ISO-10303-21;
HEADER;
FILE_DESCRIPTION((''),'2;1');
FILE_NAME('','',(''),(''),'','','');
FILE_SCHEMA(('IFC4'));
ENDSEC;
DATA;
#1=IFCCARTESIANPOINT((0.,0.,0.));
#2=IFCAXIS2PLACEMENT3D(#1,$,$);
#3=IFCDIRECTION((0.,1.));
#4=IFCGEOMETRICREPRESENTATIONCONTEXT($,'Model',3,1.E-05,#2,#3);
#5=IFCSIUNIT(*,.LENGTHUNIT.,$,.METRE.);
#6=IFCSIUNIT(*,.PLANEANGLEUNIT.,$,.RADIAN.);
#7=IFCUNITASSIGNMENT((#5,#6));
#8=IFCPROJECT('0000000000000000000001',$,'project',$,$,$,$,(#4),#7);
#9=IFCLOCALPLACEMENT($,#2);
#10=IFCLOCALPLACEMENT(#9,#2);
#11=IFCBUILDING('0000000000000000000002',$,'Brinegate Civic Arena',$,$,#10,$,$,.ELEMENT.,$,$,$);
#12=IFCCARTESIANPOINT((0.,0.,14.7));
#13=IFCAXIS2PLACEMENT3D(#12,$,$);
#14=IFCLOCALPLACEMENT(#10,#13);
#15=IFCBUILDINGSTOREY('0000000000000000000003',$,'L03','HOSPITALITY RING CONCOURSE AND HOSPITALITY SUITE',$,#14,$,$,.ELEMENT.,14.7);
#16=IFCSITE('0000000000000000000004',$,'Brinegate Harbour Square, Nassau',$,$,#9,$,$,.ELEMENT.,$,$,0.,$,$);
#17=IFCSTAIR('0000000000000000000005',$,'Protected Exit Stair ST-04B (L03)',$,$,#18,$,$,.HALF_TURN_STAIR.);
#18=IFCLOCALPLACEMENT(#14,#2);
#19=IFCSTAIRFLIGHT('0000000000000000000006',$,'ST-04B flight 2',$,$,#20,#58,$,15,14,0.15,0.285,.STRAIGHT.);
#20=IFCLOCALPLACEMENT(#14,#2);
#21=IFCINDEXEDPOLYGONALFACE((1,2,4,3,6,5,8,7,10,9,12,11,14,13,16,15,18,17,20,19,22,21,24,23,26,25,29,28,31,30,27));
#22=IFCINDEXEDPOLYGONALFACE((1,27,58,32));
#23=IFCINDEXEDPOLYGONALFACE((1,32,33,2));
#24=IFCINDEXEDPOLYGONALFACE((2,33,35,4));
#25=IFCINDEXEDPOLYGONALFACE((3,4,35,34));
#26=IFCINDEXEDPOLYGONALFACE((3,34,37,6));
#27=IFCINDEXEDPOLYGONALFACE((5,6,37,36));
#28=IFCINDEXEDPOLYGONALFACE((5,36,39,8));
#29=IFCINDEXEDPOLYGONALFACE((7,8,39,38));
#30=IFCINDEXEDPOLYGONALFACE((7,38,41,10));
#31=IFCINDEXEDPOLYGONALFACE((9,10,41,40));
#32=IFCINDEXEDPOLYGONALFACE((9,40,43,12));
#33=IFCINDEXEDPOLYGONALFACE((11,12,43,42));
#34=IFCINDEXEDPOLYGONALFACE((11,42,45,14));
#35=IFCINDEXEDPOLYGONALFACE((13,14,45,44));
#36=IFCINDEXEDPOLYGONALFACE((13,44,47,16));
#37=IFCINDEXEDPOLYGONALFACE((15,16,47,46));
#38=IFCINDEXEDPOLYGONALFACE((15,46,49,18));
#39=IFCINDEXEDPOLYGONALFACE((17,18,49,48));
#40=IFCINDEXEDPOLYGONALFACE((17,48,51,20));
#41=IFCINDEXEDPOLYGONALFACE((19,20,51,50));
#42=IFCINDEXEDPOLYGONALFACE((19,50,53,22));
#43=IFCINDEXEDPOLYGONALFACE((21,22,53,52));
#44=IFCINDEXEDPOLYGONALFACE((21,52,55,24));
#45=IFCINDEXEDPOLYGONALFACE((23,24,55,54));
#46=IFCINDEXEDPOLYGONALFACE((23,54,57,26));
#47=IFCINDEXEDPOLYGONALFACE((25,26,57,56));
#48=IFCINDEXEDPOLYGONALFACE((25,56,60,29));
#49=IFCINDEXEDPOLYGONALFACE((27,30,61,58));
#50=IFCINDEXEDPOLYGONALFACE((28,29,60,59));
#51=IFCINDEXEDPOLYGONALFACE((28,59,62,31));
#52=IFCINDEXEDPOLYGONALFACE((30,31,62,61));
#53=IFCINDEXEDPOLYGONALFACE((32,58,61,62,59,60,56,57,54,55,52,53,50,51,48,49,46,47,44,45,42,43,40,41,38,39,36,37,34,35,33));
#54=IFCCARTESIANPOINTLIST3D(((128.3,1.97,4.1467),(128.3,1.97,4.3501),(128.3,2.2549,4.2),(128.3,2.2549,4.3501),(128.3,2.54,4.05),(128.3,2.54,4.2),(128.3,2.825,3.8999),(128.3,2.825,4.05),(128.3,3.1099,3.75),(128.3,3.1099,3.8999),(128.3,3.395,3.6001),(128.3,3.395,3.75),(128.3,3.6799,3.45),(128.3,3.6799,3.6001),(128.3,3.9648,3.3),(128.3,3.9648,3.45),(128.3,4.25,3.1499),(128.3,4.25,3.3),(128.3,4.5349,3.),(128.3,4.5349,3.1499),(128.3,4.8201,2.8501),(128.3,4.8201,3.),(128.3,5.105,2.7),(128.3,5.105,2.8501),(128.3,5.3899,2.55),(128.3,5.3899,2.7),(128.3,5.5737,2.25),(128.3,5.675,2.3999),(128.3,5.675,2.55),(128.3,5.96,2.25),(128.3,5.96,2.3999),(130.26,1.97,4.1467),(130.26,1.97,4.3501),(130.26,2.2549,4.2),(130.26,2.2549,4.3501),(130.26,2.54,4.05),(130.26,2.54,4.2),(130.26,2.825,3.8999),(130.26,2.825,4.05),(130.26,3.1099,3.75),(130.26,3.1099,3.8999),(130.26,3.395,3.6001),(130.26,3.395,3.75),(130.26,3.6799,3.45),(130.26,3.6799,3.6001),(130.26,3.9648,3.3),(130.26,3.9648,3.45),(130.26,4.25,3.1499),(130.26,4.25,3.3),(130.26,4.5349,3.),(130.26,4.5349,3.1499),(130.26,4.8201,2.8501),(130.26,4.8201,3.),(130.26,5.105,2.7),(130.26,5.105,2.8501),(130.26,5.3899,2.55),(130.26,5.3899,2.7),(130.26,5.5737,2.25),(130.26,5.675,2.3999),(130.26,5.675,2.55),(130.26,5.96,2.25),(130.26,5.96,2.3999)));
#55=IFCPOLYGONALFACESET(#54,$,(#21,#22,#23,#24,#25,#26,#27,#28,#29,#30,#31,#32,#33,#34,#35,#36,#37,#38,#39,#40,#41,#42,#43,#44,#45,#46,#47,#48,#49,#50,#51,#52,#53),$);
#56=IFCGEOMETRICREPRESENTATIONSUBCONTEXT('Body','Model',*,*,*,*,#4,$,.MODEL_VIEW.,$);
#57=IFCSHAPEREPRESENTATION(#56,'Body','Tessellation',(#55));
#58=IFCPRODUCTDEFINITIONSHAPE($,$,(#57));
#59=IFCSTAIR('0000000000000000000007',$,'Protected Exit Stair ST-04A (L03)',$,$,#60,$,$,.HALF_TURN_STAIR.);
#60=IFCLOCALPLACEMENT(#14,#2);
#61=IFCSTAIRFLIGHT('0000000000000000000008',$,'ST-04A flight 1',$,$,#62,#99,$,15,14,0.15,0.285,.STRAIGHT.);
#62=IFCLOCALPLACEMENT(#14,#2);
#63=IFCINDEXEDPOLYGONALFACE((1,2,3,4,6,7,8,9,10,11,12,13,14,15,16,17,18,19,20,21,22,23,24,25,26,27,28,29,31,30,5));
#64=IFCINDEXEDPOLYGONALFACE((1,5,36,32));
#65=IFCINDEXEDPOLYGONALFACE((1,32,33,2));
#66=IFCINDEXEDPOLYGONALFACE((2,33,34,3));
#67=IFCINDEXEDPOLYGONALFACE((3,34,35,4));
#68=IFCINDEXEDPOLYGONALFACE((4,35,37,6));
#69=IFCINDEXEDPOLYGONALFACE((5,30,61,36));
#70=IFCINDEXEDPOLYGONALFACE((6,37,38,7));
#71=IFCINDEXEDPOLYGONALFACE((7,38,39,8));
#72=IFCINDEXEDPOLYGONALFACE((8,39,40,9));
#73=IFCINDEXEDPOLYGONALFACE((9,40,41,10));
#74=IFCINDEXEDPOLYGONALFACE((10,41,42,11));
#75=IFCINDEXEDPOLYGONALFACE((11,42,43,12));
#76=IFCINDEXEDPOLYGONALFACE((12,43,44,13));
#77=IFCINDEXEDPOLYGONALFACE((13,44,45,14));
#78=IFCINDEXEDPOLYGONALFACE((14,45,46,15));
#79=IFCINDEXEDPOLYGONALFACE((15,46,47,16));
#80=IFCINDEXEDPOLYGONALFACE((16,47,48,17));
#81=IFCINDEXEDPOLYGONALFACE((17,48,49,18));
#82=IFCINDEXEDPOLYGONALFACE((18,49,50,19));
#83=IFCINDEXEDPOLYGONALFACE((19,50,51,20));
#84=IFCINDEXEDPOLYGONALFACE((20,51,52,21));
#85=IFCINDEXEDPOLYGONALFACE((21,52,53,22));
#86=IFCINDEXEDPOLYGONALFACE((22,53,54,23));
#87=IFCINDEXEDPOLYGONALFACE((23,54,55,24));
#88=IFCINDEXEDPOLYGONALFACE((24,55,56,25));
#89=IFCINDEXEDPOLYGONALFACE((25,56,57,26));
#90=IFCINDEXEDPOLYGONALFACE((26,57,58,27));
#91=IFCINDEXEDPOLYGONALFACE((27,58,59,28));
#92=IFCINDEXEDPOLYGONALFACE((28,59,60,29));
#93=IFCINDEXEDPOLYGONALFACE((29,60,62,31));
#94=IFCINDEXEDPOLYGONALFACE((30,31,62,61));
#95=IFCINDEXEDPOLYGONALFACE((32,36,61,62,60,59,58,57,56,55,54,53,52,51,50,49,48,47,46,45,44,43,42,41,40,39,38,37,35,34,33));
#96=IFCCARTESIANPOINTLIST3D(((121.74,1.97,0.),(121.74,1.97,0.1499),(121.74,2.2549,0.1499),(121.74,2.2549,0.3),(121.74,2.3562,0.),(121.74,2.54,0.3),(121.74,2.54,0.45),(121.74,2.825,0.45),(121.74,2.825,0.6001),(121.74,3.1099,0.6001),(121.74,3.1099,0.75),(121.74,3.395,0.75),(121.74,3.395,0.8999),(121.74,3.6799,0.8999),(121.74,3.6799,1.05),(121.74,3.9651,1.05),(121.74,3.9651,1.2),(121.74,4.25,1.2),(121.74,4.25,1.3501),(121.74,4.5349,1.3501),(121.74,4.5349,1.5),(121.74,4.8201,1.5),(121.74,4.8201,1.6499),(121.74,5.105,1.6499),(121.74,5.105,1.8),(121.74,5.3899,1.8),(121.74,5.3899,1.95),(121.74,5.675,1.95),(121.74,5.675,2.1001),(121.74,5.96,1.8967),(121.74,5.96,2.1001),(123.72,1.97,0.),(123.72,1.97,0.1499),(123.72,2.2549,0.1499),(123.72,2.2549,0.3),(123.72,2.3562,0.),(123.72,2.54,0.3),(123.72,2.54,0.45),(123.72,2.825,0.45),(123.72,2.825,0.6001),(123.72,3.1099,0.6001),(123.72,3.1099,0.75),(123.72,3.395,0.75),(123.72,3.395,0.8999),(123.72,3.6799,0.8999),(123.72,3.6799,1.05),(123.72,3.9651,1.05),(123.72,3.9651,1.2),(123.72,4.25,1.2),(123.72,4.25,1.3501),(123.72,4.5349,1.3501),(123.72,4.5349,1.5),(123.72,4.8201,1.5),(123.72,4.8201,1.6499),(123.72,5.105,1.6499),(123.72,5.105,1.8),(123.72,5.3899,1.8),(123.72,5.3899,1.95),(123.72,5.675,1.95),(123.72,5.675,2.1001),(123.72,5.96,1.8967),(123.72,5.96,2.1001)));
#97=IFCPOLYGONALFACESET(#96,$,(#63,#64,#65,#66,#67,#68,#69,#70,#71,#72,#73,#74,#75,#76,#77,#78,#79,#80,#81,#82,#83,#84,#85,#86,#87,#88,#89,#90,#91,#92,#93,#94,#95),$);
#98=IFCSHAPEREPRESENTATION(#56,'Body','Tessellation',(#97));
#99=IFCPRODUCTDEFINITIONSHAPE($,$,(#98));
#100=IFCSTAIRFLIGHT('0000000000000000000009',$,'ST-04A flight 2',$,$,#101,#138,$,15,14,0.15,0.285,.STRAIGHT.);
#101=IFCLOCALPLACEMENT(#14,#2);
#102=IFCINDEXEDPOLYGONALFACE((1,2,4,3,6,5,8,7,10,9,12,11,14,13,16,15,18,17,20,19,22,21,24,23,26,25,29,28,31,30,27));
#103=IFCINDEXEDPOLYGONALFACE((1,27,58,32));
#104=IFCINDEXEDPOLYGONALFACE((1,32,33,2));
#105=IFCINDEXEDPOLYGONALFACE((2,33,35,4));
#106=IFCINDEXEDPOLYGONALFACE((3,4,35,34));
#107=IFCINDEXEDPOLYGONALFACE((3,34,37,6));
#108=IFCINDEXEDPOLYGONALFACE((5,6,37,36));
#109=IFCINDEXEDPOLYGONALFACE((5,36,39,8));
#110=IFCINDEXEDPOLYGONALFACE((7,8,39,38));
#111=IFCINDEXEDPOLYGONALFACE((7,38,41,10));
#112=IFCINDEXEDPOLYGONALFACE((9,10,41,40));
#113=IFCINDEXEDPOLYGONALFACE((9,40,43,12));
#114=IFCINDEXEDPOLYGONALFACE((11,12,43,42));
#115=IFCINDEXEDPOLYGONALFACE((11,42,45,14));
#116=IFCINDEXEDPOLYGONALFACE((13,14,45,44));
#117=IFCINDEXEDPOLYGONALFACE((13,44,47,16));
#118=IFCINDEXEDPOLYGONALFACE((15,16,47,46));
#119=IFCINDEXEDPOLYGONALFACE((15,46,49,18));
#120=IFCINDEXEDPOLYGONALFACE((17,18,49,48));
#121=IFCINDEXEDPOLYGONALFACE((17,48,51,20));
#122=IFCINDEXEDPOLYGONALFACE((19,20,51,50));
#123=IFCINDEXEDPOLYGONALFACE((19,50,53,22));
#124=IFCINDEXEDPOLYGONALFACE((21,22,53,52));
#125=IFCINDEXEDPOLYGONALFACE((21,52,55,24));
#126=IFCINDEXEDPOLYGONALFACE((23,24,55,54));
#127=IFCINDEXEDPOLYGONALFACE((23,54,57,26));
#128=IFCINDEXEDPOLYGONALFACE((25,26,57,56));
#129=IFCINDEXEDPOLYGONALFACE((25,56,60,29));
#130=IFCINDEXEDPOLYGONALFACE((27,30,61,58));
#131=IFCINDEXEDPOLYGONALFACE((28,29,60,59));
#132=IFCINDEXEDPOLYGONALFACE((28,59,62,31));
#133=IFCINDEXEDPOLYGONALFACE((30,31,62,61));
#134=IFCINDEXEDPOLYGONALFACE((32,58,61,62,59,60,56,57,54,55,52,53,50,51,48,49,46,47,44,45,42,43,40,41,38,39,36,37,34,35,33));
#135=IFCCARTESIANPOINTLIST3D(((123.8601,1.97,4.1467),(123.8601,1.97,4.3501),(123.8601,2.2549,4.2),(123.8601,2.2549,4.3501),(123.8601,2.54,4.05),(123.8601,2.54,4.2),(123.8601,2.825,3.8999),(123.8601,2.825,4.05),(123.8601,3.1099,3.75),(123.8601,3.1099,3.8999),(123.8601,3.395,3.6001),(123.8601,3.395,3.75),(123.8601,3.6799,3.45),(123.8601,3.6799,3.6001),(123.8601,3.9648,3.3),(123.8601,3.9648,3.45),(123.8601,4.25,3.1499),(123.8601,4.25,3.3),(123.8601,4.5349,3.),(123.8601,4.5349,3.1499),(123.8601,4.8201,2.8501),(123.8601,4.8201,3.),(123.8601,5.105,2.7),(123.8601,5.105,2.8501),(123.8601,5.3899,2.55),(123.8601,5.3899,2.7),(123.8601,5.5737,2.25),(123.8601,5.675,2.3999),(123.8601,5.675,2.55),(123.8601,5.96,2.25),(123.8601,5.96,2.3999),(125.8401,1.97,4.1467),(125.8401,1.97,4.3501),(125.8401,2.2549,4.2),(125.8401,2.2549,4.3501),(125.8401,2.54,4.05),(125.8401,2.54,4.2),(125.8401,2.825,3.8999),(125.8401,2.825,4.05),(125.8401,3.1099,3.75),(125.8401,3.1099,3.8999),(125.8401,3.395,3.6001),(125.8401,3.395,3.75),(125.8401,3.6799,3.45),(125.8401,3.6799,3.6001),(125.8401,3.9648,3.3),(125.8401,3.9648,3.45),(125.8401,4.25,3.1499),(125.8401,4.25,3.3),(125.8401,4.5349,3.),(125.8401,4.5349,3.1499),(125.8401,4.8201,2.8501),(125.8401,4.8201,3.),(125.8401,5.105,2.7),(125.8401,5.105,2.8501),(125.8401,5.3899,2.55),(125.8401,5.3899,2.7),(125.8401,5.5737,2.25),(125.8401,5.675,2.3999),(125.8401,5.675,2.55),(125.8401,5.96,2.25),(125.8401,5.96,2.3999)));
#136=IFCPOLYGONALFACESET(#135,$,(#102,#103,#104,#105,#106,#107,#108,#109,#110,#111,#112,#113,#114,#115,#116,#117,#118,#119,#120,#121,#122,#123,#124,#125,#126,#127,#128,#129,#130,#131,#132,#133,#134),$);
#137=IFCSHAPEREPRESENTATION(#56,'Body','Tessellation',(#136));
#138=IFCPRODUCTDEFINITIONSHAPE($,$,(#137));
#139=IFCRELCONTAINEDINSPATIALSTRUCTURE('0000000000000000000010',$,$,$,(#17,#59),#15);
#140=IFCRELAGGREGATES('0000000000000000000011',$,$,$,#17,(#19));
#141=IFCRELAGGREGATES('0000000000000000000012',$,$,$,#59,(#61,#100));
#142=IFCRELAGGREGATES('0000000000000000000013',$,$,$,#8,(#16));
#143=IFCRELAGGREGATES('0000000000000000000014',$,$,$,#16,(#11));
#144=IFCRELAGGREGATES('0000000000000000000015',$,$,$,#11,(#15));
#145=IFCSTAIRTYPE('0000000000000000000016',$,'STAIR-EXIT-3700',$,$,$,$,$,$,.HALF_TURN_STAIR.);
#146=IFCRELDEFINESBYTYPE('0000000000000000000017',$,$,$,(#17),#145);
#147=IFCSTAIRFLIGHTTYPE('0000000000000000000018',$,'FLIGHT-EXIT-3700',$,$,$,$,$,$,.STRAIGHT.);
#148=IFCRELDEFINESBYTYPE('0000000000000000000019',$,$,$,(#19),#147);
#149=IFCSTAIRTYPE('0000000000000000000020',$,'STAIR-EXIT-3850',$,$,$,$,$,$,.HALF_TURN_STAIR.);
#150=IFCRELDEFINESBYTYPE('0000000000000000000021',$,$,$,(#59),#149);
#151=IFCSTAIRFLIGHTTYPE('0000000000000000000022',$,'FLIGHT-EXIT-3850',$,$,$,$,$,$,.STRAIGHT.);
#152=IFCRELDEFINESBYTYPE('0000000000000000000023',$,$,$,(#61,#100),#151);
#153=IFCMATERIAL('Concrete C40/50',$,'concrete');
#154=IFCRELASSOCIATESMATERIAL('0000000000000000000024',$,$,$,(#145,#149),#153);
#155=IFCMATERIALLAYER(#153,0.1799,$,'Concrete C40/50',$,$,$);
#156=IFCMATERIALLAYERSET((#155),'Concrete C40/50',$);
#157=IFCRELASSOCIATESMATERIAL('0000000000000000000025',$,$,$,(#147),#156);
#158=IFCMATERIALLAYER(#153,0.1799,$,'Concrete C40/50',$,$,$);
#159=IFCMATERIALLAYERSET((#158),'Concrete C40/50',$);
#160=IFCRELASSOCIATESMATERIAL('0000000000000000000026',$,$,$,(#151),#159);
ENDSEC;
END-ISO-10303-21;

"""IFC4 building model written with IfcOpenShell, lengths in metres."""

from ifc_helpers import new_model, si_unit, direction, frame, origin, place, context, subcontext, project, spatial, polyline, outline, extrude, material, layer, layer_set, type_object, element, aggregate, save


model = new_model("IFC4")

# Units and contexts
model_context = context("Model", 3, precision=1e-05, world=origin(), true_north=direction((0.0, 1.0)))
body_context = subcontext(model_context, "Body", "Model", "MODEL_VIEW")
ifc_project = project(units=[si_unit("LENGTHUNIT", "METRE"), si_unit("PLANEANGLEUNIT", "RADIAN")], contexts=[model_context])

# Site, building, storey
site_placement = place(None, origin())
site = spatial("IfcSite", under=ifc_project, at=site_placement, Name="Brinegate Harbour Square, Nassau", CompositionType="ELEMENT", RefElevation=0.0)
building_placement = place(site_placement, origin())
building = spatial("IfcBuilding", under=site, at=building_placement, Name="Brinegate Civic Arena", CompositionType="ELEMENT")
storey_placement = place(building_placement, frame((0.0, 0.0, 14.7)))
storey = spatial("IfcBuildingStorey", under=building, at=storey_placement, Name="L03", Description="HOSPITALITY RING CONCOURSE AND HOSPITALITY SUITE", CompositionType="ELEMENT", Elevation=14.7)

# Stairs, stair flights
ifc_material_1 = material(Name="Concrete C40/50", Category="concrete")
stair_type_1 = type_object("IfcStairType", Name="STAIR-EXIT-3700", PredefinedType="HALF_TURN_STAIR", material=ifc_material_1)
stair_1_placement = place(storey_placement, origin())
stair_1 = element("IfcStair", 1, at=stair_1_placement, inside=storey, type_object=stair_type_1, Name="Protected Exit Stair ST-04B (L03)", PredefinedType="HALF_TURN_STAIR")
ifc_layer_1 = layer(ifc_material_1, 0.1799, Name="Concrete C40/50")
ifc_layer_set_1 = layer_set([ifc_layer_1], Name="Concrete C40/50")
stair_flight_type_1 = type_object("IfcStairFlightType", Name="FLIGHT-EXIT-3700", PredefinedType="STRAIGHT", material=ifc_layer_set_1)
stair_flight_1_placement = place(storey_placement, frame((129.28, 5.96, 2.25), z_axis=(0.0, 0.0, 1.0), x_axis=(0.0, -1.0, 0.0)))
stair_flight_1 = element("IfcStairFlight", 2, at=stair_flight_1_placement, type_object=stair_flight_type_1, Name="ST-04B flight 2", NumberOfRisers=15, NumberOfTreads=14, PredefinedType="STRAIGHT", RiserHeight=0.15, TreadLength=0.285, context=body_context, shape_type="SweptSolid", body=[
    extrude(outline(polyline([(0.0, 0.0), (0.0, 0.1499), (0.2849, 0.1499), (0.2849, 0.3), (0.5701, 0.3), (0.5701, 0.45), (0.855, 0.45), (0.855, 0.6001), (1.1399, 0.6001), (1.1399, 0.75), (1.425, 0.75), (1.425, 0.8999), (1.71, 0.8999), (1.71, 1.05), (1.9951, 1.05), (1.9951, 1.2), (2.28, 1.2), (2.28, 1.3501), (2.5649, 1.3501), (2.5649, 1.5), (2.8501, 1.5), (2.8501, 1.6499), (3.135, 1.6499), (3.135, 1.8), (3.4199, 1.8), (3.4199, 1.95), (3.7051, 1.95), (3.7051, 2.1001), (3.99, 2.1001), (3.99, 2.25), (3.99, 1.8967), (0.3862, 0.0), (0.0, 0.0)])), frame((0.0, 0.98, 0.0), z_axis=(0.0, -1.0, 0.0), x_axis=(1.0, 0.0, 0.0)), (0.0, 0.0, 1.0), 1.96),
])
aggregate(stair_1, [stair_flight_1])
stair_type_2 = type_object("IfcStairType", Name="STAIR-EXIT-3850", PredefinedType="HALF_TURN_STAIR", material=ifc_material_1)
stair_2_placement = place(storey_placement, origin())
stair_2 = element("IfcStair", 3, at=stair_2_placement, inside=storey, type_object=stair_type_2, Name="Protected Exit Stair ST-04A (L03)", PredefinedType="HALF_TURN_STAIR")
ifc_layer_2 = layer(ifc_material_1, 0.1799, Name="Concrete C40/50")
ifc_layer_set_2 = layer_set([ifc_layer_2], Name="Concrete C40/50")
stair_flight_type_2 = type_object("IfcStairFlightType", Name="FLIGHT-EXIT-3850", PredefinedType="STRAIGHT", material=ifc_layer_set_2)
stair_flight_2_placement = place(storey_placement, frame((122.73, 1.97, 0.0), z_axis=(0.0, 0.0, 1.0), x_axis=(0.0, 1.0, 0.0)))
stair_flight_2 = element("IfcStairFlight", 4, at=stair_flight_2_placement, type_object=stair_flight_type_2, Name="ST-04A flight 1", NumberOfRisers=15, NumberOfTreads=14, PredefinedType="STRAIGHT", RiserHeight=0.15, TreadLength=0.285, context=body_context, shape_type="SweptSolid", body=[
    extrude(outline(polyline([(0.0, 0.0), (0.0, 0.1499), (0.2849, 0.1499), (0.2849, 0.3), (0.5701, 0.3), (0.5701, 0.45), (0.855, 0.45), (0.855, 0.6001), (1.1399, 0.6001), (1.1399, 0.75), (1.425, 0.75), (1.425, 0.8999), (1.71, 0.8999), (1.71, 1.05), (1.9951, 1.05), (1.9951, 1.2), (2.28, 1.2), (2.28, 1.3501), (2.5649, 1.3501), (2.5649, 1.5), (2.8501, 1.5), (2.8501, 1.6499), (3.135, 1.6499), (3.135, 1.8), (3.4199, 1.8), (3.4199, 1.95), (3.7051, 1.95), (3.7051, 2.1001), (3.99, 2.1001), (3.99, 2.25), (3.99, 1.8967), (0.3862, 0.0), (0.0, 0.0)])), frame((0.0, 0.99, 0.0), z_axis=(0.0, -1.0, 0.0), x_axis=(1.0, 0.0, 0.0)), (0.0, 0.0, 1.0), 1.98),
])
stair_flight_3_placement = place(storey_placement, frame((124.8501, 5.96, 2.25), z_axis=(0.0, 0.0, 1.0), x_axis=(0.0, -1.0, 0.0)))
stair_flight_3 = element("IfcStairFlight", 5, at=stair_flight_3_placement, type_object=stair_flight_type_2, Name="ST-04A flight 2", NumberOfRisers=15, NumberOfTreads=14, PredefinedType="STRAIGHT", RiserHeight=0.15, TreadLength=0.285, context=body_context, shape_type="SweptSolid", body=[
    extrude(outline(polyline([(0.0, 0.0), (0.0, 0.1499), (0.2849, 0.1499), (0.2849, 0.3), (0.5701, 0.3), (0.5701, 0.45), (0.855, 0.45), (0.855, 0.6001), (1.1399, 0.6001), (1.1399, 0.75), (1.425, 0.75), (1.425, 0.8999), (1.71, 0.8999), (1.71, 1.05), (1.9951, 1.05), (1.9951, 1.2), (2.28, 1.2), (2.28, 1.3501), (2.5649, 1.3501), (2.5649, 1.5), (2.8501, 1.5), (2.8501, 1.6499), (3.135, 1.6499), (3.135, 1.8), (3.4199, 1.8), (3.4199, 1.95), (3.7051, 1.95), (3.7051, 2.1001), (3.99, 2.1001), (3.99, 2.25), (3.99, 1.8967), (0.3862, 0.0), (0.0, 0.0)])), frame((0.0, 0.99, 0.0), z_axis=(0.0, -1.0, 0.0), x_axis=(1.0, 0.0, 0.0)), (0.0, 0.0, 1.0), 1.98),
])
aggregate(stair_2, [stair_flight_2, stair_flight_3])

save(model, "model.ifc")
